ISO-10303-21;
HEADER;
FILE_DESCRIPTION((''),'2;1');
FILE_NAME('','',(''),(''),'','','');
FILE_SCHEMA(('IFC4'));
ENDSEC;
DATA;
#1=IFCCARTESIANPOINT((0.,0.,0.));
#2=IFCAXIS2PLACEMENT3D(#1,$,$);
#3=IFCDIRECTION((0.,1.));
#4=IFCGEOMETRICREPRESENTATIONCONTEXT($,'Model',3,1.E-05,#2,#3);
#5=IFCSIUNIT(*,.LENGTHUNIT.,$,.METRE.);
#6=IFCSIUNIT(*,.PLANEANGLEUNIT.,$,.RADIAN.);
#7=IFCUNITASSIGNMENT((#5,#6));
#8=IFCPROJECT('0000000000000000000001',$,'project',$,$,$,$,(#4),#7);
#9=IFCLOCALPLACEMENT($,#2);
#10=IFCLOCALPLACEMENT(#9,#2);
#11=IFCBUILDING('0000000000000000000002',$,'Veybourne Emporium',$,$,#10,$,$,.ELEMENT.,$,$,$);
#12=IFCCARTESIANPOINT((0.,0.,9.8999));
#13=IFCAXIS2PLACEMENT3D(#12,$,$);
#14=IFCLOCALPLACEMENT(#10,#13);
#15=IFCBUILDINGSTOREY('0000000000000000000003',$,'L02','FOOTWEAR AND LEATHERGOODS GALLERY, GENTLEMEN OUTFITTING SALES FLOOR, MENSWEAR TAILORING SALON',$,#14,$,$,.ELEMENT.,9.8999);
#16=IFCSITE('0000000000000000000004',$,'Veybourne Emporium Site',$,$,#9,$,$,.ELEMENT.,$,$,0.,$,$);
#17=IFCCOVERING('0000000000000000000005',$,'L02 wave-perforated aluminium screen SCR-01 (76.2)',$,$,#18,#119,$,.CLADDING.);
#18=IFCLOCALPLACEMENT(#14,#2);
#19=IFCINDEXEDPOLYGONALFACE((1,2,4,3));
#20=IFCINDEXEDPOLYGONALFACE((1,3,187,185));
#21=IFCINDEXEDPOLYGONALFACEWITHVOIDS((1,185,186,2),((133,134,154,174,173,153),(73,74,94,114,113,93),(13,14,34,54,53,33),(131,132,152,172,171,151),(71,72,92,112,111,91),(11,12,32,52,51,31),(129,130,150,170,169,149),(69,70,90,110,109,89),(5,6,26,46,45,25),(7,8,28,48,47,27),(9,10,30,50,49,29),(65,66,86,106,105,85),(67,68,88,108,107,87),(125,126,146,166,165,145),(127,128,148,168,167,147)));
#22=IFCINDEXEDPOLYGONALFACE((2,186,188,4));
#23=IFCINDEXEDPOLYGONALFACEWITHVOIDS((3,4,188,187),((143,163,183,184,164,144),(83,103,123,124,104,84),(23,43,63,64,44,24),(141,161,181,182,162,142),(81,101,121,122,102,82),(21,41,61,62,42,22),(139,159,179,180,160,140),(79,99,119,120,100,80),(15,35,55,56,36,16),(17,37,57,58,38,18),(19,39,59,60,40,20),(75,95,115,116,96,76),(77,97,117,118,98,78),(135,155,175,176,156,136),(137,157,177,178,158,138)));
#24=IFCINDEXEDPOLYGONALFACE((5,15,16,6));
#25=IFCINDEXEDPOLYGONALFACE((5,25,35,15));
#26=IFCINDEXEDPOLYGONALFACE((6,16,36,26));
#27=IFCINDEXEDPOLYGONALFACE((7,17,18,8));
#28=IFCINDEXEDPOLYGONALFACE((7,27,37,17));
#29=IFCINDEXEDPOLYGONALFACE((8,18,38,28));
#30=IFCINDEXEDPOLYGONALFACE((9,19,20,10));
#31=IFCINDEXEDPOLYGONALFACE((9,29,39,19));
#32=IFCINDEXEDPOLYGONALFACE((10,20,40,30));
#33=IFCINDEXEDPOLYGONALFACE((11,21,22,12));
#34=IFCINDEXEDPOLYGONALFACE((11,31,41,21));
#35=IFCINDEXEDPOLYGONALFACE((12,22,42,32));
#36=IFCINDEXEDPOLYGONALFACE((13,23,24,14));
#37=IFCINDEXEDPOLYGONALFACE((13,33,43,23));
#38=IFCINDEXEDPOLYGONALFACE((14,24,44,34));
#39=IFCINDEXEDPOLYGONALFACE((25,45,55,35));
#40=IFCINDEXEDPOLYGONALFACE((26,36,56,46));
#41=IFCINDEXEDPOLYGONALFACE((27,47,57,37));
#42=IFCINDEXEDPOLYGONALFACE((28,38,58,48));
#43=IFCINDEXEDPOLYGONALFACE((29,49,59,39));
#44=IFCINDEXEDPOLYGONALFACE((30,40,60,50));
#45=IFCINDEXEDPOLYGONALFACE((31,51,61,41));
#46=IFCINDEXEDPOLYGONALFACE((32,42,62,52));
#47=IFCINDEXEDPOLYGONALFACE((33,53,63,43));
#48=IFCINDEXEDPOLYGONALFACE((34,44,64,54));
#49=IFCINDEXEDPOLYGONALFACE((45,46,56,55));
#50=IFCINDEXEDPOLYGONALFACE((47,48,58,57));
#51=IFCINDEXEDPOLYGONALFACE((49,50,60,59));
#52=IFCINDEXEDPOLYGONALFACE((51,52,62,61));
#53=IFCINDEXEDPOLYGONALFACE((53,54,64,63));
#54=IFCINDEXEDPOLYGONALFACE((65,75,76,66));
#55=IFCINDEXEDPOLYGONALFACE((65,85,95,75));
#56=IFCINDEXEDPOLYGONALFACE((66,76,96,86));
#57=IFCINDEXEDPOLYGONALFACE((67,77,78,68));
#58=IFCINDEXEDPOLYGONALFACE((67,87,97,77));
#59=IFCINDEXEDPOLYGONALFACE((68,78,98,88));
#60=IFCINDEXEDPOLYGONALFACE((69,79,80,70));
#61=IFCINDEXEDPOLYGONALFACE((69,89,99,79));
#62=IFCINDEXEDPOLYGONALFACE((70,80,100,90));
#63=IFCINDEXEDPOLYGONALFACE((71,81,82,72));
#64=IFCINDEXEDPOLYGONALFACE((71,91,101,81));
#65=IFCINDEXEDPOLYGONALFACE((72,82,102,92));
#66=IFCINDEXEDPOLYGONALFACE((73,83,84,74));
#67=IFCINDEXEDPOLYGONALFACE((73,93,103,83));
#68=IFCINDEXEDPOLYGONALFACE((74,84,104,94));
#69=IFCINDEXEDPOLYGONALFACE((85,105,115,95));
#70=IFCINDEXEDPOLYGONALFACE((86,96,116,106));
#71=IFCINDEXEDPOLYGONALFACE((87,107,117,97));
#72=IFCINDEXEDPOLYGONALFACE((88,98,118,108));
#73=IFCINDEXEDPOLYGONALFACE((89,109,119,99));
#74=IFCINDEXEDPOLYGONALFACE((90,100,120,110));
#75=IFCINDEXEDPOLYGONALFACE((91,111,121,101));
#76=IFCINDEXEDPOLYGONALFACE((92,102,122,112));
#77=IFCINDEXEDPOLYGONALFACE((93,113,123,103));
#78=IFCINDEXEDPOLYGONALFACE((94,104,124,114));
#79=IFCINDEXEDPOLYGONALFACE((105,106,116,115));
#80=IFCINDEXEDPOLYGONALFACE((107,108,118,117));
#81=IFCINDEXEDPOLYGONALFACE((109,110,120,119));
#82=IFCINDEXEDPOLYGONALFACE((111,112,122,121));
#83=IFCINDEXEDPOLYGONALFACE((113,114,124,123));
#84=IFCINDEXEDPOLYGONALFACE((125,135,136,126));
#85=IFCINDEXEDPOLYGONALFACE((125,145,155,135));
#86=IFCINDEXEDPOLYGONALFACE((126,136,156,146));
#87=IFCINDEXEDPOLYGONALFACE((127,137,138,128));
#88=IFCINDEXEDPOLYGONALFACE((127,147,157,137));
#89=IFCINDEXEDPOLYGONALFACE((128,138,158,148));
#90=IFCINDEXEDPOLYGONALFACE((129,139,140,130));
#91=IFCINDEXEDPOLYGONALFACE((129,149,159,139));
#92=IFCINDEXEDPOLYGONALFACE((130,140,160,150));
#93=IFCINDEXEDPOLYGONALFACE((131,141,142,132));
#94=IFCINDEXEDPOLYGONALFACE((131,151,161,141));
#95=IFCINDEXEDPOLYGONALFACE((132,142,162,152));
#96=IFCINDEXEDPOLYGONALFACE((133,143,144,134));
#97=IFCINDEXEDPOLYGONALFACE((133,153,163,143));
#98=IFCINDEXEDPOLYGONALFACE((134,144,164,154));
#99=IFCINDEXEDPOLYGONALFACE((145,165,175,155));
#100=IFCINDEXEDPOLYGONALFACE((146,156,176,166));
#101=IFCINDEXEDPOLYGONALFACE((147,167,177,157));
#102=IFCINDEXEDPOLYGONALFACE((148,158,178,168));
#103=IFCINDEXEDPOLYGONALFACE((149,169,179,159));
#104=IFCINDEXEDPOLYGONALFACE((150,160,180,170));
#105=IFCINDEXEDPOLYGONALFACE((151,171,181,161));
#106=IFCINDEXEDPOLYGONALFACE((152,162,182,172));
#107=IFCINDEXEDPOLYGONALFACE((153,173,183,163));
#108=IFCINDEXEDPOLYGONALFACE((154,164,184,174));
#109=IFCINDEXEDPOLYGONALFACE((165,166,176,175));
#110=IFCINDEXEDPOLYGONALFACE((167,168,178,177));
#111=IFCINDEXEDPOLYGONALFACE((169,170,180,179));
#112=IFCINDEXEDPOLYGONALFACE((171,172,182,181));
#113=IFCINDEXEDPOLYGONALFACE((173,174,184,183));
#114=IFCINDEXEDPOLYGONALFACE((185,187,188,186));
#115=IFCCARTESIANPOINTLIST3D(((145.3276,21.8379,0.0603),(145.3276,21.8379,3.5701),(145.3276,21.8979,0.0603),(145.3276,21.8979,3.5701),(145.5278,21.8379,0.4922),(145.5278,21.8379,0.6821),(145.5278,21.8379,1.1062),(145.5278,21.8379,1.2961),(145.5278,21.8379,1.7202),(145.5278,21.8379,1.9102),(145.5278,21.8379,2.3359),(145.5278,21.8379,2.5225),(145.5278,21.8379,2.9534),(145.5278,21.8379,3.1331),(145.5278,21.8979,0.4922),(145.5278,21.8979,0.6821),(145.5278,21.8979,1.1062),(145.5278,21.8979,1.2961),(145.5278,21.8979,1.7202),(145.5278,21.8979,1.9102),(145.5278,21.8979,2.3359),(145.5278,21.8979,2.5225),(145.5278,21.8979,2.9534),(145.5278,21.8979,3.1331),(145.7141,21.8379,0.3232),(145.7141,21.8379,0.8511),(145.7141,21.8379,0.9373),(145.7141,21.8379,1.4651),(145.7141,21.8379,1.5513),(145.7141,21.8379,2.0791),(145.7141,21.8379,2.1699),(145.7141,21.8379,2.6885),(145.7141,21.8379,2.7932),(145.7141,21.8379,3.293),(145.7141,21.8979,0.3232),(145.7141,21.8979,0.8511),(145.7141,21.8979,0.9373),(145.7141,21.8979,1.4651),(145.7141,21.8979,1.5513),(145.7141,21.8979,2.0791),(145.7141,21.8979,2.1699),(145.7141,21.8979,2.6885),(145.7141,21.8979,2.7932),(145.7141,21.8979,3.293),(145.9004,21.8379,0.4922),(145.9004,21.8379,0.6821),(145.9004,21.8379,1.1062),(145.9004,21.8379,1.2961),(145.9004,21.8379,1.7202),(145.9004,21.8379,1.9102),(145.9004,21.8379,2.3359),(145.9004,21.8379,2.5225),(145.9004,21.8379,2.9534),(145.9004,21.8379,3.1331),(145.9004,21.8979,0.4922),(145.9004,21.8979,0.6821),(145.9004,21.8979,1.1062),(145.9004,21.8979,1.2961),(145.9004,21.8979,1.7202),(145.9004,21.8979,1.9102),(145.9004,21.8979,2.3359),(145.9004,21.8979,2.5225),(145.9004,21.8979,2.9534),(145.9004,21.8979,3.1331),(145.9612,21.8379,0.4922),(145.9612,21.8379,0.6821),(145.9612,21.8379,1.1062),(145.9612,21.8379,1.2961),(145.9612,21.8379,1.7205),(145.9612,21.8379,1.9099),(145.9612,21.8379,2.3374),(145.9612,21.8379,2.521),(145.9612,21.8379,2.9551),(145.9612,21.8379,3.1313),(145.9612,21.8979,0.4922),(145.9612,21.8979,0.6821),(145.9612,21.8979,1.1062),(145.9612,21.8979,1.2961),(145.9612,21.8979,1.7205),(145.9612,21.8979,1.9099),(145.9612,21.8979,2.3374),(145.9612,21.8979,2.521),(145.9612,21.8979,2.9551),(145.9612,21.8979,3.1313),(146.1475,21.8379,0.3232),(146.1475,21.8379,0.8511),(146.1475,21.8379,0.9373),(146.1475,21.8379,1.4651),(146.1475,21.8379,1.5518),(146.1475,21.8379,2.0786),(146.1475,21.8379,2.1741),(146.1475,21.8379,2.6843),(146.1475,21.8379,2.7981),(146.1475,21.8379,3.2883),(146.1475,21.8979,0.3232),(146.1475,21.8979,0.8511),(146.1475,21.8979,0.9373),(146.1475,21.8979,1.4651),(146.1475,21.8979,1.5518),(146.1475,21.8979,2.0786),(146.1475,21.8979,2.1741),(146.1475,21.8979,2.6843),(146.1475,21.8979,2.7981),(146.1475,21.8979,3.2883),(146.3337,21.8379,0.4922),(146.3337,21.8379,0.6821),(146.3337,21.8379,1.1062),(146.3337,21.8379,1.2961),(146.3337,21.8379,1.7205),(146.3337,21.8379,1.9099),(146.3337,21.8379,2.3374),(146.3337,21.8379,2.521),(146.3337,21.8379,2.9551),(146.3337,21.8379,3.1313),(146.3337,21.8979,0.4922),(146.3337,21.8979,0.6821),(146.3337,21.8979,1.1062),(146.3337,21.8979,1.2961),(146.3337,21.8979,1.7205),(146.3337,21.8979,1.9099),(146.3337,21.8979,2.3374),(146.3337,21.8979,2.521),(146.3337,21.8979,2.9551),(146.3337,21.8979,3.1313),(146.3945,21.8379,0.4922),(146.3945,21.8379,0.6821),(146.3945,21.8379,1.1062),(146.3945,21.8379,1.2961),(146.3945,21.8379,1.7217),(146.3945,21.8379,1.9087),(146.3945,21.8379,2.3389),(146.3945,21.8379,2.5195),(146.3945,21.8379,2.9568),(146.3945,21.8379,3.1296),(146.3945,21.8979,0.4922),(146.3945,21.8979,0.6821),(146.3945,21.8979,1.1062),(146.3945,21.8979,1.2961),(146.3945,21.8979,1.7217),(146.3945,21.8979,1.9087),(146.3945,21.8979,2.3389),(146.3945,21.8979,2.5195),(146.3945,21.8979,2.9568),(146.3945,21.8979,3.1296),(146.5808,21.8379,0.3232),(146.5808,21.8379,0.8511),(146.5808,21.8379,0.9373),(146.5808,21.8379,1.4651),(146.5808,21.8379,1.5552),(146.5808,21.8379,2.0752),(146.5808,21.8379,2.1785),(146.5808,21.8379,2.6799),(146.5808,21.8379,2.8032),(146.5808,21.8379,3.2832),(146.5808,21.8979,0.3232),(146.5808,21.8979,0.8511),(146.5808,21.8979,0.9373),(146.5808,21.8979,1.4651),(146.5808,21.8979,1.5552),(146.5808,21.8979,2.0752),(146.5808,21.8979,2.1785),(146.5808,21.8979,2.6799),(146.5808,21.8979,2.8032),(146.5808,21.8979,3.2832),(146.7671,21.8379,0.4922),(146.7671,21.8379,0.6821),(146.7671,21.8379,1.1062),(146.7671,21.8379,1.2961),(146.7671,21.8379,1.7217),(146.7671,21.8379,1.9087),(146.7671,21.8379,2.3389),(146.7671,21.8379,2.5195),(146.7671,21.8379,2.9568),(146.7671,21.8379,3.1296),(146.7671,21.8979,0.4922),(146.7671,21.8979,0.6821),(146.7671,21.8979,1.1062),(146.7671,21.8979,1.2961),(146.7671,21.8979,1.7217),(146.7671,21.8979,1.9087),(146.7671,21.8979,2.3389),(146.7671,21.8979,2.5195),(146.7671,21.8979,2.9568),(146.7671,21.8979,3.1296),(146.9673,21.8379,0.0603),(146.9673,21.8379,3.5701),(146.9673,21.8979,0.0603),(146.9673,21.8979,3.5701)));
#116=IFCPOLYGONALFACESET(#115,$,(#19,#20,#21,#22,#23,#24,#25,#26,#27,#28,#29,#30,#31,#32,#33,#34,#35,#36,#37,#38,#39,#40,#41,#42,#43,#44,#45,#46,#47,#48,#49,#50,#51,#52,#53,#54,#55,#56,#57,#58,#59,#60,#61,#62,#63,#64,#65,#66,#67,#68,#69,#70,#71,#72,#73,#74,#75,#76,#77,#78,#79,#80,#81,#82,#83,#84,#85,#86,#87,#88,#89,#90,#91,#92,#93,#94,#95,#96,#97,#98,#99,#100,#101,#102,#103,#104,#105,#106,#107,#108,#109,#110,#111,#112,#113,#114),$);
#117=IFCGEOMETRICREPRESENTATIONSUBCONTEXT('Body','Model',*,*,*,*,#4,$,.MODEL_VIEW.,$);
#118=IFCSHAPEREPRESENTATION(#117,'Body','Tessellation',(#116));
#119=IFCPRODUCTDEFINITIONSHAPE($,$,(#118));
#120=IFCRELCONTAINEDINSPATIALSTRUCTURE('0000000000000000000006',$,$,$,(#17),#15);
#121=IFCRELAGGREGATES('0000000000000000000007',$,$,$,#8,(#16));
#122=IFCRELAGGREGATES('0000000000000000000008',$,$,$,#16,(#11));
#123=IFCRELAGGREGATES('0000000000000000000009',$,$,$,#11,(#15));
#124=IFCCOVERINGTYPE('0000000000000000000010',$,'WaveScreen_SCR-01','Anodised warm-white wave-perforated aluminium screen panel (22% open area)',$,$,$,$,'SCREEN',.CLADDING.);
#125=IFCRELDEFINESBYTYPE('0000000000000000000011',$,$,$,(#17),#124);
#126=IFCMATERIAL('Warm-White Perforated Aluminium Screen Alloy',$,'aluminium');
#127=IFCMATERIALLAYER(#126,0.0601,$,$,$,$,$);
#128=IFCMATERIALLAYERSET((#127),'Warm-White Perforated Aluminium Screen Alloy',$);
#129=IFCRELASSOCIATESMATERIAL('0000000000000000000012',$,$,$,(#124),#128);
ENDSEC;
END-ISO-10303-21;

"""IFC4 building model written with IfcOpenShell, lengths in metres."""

from ifc_helpers import new_model, si_unit, direction, frame, origin, place, context, subcontext, project, spatial, polyline, outline, extrude, material, layer, layer_set, type_object, element, save


model = new_model("IFC4")

# Units and contexts
model_context = context("Model", 3, precision=1e-05, world=origin(), true_north=direction((0.0, 1.0)))
body_context = subcontext(model_context, "Body", "Model", "MODEL_VIEW")
ifc_project = project(units=[si_unit("LENGTHUNIT", "METRE"), si_unit("PLANEANGLEUNIT", "RADIAN")], contexts=[model_context])

# Site, building, storey
site_placement = place(None, origin())
site = spatial("IfcSite", under=ifc_project, at=site_placement, Name="Veybourne Emporium Site", CompositionType="ELEMENT", RefElevation=0.0)
building_placement = place(site_placement, origin())
building = spatial("IfcBuilding", under=site, at=building_placement, Name="Veybourne Emporium", CompositionType="ELEMENT")
storey_placement = place(building_placement, frame((0.0, 0.0, 9.8999)))
storey = spatial("IfcBuildingStorey", under=building, at=storey_placement, Name="L02", Description="FOOTWEAR AND LEATHERGOODS GALLERY, GENTLEMEN OUTFITTING SALES FLOOR, MENSWEAR TAILORING SALON", CompositionType="ELEMENT", Elevation=9.8999)

# Covering
ifc_material_1 = material(Name="Warm-White Perforated Aluminium Screen Alloy", Category="aluminium")
ifc_layer_1 = layer(ifc_material_1, 0.0601)
ifc_layer_set_1 = layer_set([ifc_layer_1], Name="Warm-White Perforated Aluminium Screen Alloy")
covering_type_1 = type_object("IfcCoveringType", Name="WaveScreen_SCR-01", Description="Anodised warm-white wave-perforated aluminium screen panel (22% open area)", ElementType="SCREEN", PredefinedType="CLADDING", material=ifc_layer_set_1)
covering_1_placement = place(storey_placement, frame((146.1475, 21.8979, 1.8152), z_axis=(0.0, -1.0, 0.0), x_axis=(1.0, 0.0, 0.0)))
element("IfcCovering", 1, at=covering_1_placement, inside=storey, type_object=covering_type_1, Name="L02 wave-perforated aluminium screen SCR-01 (76.2)", PredefinedType="CLADDING", context=body_context, shape_type="SweptSolid", body=[
    extrude(outline(polyline([(-0.8198, -1.7549), (0.8198, -1.7549), (0.8198, 1.7549), (-0.8198, 1.7549), (-0.8198, -1.7549)]), holes=[polyline([(-0.4333, -0.9641), (-0.2471, -1.1331), (-0.2471, -1.323), (-0.4333, -1.4919), (-0.6196, -1.323), (-0.6196, -1.1331), (-0.4333, -0.9641)]), polyline([(-0.4333, -0.3501), (-0.2471, -0.519), (-0.2471, -0.709), (-0.4333, -0.8779), (-0.6196, -0.709), (-0.6196, -0.519), (-0.4333, -0.3501)]), polyline([(-0.4333, 0.2639), (-0.2471, 0.095), (-0.2471, -0.095), (-0.4333, -0.2639), (-0.6196, -0.095), (-0.6196, 0.095), (-0.4333, 0.2639)]), polyline([(-0.4333, 0.8733), (-0.2471, 0.7073), (-0.2471, 0.5208), (-0.4333, 0.3547), (-0.6196, 0.5208), (-0.6196, 0.7073), (-0.4333, 0.8733)]), polyline([(-0.4333, 1.4778), (-0.2471, 1.3179), (-0.2471, 1.1382), (-0.4333, 0.978), (-0.6196, 1.1382), (-0.6196, 1.3179), (-0.4333, 1.4778)]), polyline([(0.0, -0.9641), (0.1863, -1.1331), (0.1863, -1.323), (0.0, -1.4919), (-0.1863, -1.323), (-0.1863, -1.1331), (0.0, -0.9641)]), polyline([(0.0, -0.3501), (0.1863, -0.519), (0.1863, -0.709), (0.0, -0.8779), (-0.1863, -0.709), (-0.1863, -0.519), (0.0, -0.3501)]), polyline([(0.0, 0.2634), (0.1863, 0.0947), (0.1863, -0.0947), (0.0, -0.2634), (-0.1863, -0.0947), (-0.1863, 0.0947), (0.0, 0.2634)]), polyline([(0.0, 0.8691), (0.1863, 0.7058), (0.1863, 0.5222), (0.0, 0.3589), (-0.1863, 0.5222), (-0.1863, 0.7058), (0.0, 0.8691)]), polyline([(0.0, 1.4731), (0.1863, 1.3162), (0.1863, 1.1399), (0.0, 0.9829), (-0.1863, 1.1399), (-0.1863, 1.3162), (0.0, 1.4731)]), polyline([(0.4333, -0.9641), (0.6196, -1.1331), (0.6196, -1.323), (0.4333, -1.4919), (0.2471, -1.323), (0.2471, -1.1331), (0.4333, -0.9641)]), polyline([(0.4333, -0.3501), (0.6196, -0.519), (0.6196, -0.709), (0.4333, -0.8779), (0.2471, -0.709), (0.2471, -0.519), (0.4333, -0.3501)]), polyline([(0.4333, 0.26), (0.6196, 0.0935), (0.6196, -0.0935), (0.4333, -0.26), (0.2471, -0.0935), (0.2471, 0.0935), (0.4333, 0.26)]), polyline([(0.4333, 0.8647), (0.6196, 0.7043), (0.6196, 0.5237), (0.4333, 0.3633), (0.2471, 0.5237), (0.2471, 0.7043), (0.4333, 0.8647)]), polyline([(0.4333, 1.468), (0.6196, 1.3145), (0.6196, 1.1416), (0.4333, 0.988), (0.2471, 1.1416), (0.2471, 1.3145), (0.4333, 1.468)])]), origin(), (0.0, 0.0, 1.0), 0.0601),
])

save(model, "model.ifc")
